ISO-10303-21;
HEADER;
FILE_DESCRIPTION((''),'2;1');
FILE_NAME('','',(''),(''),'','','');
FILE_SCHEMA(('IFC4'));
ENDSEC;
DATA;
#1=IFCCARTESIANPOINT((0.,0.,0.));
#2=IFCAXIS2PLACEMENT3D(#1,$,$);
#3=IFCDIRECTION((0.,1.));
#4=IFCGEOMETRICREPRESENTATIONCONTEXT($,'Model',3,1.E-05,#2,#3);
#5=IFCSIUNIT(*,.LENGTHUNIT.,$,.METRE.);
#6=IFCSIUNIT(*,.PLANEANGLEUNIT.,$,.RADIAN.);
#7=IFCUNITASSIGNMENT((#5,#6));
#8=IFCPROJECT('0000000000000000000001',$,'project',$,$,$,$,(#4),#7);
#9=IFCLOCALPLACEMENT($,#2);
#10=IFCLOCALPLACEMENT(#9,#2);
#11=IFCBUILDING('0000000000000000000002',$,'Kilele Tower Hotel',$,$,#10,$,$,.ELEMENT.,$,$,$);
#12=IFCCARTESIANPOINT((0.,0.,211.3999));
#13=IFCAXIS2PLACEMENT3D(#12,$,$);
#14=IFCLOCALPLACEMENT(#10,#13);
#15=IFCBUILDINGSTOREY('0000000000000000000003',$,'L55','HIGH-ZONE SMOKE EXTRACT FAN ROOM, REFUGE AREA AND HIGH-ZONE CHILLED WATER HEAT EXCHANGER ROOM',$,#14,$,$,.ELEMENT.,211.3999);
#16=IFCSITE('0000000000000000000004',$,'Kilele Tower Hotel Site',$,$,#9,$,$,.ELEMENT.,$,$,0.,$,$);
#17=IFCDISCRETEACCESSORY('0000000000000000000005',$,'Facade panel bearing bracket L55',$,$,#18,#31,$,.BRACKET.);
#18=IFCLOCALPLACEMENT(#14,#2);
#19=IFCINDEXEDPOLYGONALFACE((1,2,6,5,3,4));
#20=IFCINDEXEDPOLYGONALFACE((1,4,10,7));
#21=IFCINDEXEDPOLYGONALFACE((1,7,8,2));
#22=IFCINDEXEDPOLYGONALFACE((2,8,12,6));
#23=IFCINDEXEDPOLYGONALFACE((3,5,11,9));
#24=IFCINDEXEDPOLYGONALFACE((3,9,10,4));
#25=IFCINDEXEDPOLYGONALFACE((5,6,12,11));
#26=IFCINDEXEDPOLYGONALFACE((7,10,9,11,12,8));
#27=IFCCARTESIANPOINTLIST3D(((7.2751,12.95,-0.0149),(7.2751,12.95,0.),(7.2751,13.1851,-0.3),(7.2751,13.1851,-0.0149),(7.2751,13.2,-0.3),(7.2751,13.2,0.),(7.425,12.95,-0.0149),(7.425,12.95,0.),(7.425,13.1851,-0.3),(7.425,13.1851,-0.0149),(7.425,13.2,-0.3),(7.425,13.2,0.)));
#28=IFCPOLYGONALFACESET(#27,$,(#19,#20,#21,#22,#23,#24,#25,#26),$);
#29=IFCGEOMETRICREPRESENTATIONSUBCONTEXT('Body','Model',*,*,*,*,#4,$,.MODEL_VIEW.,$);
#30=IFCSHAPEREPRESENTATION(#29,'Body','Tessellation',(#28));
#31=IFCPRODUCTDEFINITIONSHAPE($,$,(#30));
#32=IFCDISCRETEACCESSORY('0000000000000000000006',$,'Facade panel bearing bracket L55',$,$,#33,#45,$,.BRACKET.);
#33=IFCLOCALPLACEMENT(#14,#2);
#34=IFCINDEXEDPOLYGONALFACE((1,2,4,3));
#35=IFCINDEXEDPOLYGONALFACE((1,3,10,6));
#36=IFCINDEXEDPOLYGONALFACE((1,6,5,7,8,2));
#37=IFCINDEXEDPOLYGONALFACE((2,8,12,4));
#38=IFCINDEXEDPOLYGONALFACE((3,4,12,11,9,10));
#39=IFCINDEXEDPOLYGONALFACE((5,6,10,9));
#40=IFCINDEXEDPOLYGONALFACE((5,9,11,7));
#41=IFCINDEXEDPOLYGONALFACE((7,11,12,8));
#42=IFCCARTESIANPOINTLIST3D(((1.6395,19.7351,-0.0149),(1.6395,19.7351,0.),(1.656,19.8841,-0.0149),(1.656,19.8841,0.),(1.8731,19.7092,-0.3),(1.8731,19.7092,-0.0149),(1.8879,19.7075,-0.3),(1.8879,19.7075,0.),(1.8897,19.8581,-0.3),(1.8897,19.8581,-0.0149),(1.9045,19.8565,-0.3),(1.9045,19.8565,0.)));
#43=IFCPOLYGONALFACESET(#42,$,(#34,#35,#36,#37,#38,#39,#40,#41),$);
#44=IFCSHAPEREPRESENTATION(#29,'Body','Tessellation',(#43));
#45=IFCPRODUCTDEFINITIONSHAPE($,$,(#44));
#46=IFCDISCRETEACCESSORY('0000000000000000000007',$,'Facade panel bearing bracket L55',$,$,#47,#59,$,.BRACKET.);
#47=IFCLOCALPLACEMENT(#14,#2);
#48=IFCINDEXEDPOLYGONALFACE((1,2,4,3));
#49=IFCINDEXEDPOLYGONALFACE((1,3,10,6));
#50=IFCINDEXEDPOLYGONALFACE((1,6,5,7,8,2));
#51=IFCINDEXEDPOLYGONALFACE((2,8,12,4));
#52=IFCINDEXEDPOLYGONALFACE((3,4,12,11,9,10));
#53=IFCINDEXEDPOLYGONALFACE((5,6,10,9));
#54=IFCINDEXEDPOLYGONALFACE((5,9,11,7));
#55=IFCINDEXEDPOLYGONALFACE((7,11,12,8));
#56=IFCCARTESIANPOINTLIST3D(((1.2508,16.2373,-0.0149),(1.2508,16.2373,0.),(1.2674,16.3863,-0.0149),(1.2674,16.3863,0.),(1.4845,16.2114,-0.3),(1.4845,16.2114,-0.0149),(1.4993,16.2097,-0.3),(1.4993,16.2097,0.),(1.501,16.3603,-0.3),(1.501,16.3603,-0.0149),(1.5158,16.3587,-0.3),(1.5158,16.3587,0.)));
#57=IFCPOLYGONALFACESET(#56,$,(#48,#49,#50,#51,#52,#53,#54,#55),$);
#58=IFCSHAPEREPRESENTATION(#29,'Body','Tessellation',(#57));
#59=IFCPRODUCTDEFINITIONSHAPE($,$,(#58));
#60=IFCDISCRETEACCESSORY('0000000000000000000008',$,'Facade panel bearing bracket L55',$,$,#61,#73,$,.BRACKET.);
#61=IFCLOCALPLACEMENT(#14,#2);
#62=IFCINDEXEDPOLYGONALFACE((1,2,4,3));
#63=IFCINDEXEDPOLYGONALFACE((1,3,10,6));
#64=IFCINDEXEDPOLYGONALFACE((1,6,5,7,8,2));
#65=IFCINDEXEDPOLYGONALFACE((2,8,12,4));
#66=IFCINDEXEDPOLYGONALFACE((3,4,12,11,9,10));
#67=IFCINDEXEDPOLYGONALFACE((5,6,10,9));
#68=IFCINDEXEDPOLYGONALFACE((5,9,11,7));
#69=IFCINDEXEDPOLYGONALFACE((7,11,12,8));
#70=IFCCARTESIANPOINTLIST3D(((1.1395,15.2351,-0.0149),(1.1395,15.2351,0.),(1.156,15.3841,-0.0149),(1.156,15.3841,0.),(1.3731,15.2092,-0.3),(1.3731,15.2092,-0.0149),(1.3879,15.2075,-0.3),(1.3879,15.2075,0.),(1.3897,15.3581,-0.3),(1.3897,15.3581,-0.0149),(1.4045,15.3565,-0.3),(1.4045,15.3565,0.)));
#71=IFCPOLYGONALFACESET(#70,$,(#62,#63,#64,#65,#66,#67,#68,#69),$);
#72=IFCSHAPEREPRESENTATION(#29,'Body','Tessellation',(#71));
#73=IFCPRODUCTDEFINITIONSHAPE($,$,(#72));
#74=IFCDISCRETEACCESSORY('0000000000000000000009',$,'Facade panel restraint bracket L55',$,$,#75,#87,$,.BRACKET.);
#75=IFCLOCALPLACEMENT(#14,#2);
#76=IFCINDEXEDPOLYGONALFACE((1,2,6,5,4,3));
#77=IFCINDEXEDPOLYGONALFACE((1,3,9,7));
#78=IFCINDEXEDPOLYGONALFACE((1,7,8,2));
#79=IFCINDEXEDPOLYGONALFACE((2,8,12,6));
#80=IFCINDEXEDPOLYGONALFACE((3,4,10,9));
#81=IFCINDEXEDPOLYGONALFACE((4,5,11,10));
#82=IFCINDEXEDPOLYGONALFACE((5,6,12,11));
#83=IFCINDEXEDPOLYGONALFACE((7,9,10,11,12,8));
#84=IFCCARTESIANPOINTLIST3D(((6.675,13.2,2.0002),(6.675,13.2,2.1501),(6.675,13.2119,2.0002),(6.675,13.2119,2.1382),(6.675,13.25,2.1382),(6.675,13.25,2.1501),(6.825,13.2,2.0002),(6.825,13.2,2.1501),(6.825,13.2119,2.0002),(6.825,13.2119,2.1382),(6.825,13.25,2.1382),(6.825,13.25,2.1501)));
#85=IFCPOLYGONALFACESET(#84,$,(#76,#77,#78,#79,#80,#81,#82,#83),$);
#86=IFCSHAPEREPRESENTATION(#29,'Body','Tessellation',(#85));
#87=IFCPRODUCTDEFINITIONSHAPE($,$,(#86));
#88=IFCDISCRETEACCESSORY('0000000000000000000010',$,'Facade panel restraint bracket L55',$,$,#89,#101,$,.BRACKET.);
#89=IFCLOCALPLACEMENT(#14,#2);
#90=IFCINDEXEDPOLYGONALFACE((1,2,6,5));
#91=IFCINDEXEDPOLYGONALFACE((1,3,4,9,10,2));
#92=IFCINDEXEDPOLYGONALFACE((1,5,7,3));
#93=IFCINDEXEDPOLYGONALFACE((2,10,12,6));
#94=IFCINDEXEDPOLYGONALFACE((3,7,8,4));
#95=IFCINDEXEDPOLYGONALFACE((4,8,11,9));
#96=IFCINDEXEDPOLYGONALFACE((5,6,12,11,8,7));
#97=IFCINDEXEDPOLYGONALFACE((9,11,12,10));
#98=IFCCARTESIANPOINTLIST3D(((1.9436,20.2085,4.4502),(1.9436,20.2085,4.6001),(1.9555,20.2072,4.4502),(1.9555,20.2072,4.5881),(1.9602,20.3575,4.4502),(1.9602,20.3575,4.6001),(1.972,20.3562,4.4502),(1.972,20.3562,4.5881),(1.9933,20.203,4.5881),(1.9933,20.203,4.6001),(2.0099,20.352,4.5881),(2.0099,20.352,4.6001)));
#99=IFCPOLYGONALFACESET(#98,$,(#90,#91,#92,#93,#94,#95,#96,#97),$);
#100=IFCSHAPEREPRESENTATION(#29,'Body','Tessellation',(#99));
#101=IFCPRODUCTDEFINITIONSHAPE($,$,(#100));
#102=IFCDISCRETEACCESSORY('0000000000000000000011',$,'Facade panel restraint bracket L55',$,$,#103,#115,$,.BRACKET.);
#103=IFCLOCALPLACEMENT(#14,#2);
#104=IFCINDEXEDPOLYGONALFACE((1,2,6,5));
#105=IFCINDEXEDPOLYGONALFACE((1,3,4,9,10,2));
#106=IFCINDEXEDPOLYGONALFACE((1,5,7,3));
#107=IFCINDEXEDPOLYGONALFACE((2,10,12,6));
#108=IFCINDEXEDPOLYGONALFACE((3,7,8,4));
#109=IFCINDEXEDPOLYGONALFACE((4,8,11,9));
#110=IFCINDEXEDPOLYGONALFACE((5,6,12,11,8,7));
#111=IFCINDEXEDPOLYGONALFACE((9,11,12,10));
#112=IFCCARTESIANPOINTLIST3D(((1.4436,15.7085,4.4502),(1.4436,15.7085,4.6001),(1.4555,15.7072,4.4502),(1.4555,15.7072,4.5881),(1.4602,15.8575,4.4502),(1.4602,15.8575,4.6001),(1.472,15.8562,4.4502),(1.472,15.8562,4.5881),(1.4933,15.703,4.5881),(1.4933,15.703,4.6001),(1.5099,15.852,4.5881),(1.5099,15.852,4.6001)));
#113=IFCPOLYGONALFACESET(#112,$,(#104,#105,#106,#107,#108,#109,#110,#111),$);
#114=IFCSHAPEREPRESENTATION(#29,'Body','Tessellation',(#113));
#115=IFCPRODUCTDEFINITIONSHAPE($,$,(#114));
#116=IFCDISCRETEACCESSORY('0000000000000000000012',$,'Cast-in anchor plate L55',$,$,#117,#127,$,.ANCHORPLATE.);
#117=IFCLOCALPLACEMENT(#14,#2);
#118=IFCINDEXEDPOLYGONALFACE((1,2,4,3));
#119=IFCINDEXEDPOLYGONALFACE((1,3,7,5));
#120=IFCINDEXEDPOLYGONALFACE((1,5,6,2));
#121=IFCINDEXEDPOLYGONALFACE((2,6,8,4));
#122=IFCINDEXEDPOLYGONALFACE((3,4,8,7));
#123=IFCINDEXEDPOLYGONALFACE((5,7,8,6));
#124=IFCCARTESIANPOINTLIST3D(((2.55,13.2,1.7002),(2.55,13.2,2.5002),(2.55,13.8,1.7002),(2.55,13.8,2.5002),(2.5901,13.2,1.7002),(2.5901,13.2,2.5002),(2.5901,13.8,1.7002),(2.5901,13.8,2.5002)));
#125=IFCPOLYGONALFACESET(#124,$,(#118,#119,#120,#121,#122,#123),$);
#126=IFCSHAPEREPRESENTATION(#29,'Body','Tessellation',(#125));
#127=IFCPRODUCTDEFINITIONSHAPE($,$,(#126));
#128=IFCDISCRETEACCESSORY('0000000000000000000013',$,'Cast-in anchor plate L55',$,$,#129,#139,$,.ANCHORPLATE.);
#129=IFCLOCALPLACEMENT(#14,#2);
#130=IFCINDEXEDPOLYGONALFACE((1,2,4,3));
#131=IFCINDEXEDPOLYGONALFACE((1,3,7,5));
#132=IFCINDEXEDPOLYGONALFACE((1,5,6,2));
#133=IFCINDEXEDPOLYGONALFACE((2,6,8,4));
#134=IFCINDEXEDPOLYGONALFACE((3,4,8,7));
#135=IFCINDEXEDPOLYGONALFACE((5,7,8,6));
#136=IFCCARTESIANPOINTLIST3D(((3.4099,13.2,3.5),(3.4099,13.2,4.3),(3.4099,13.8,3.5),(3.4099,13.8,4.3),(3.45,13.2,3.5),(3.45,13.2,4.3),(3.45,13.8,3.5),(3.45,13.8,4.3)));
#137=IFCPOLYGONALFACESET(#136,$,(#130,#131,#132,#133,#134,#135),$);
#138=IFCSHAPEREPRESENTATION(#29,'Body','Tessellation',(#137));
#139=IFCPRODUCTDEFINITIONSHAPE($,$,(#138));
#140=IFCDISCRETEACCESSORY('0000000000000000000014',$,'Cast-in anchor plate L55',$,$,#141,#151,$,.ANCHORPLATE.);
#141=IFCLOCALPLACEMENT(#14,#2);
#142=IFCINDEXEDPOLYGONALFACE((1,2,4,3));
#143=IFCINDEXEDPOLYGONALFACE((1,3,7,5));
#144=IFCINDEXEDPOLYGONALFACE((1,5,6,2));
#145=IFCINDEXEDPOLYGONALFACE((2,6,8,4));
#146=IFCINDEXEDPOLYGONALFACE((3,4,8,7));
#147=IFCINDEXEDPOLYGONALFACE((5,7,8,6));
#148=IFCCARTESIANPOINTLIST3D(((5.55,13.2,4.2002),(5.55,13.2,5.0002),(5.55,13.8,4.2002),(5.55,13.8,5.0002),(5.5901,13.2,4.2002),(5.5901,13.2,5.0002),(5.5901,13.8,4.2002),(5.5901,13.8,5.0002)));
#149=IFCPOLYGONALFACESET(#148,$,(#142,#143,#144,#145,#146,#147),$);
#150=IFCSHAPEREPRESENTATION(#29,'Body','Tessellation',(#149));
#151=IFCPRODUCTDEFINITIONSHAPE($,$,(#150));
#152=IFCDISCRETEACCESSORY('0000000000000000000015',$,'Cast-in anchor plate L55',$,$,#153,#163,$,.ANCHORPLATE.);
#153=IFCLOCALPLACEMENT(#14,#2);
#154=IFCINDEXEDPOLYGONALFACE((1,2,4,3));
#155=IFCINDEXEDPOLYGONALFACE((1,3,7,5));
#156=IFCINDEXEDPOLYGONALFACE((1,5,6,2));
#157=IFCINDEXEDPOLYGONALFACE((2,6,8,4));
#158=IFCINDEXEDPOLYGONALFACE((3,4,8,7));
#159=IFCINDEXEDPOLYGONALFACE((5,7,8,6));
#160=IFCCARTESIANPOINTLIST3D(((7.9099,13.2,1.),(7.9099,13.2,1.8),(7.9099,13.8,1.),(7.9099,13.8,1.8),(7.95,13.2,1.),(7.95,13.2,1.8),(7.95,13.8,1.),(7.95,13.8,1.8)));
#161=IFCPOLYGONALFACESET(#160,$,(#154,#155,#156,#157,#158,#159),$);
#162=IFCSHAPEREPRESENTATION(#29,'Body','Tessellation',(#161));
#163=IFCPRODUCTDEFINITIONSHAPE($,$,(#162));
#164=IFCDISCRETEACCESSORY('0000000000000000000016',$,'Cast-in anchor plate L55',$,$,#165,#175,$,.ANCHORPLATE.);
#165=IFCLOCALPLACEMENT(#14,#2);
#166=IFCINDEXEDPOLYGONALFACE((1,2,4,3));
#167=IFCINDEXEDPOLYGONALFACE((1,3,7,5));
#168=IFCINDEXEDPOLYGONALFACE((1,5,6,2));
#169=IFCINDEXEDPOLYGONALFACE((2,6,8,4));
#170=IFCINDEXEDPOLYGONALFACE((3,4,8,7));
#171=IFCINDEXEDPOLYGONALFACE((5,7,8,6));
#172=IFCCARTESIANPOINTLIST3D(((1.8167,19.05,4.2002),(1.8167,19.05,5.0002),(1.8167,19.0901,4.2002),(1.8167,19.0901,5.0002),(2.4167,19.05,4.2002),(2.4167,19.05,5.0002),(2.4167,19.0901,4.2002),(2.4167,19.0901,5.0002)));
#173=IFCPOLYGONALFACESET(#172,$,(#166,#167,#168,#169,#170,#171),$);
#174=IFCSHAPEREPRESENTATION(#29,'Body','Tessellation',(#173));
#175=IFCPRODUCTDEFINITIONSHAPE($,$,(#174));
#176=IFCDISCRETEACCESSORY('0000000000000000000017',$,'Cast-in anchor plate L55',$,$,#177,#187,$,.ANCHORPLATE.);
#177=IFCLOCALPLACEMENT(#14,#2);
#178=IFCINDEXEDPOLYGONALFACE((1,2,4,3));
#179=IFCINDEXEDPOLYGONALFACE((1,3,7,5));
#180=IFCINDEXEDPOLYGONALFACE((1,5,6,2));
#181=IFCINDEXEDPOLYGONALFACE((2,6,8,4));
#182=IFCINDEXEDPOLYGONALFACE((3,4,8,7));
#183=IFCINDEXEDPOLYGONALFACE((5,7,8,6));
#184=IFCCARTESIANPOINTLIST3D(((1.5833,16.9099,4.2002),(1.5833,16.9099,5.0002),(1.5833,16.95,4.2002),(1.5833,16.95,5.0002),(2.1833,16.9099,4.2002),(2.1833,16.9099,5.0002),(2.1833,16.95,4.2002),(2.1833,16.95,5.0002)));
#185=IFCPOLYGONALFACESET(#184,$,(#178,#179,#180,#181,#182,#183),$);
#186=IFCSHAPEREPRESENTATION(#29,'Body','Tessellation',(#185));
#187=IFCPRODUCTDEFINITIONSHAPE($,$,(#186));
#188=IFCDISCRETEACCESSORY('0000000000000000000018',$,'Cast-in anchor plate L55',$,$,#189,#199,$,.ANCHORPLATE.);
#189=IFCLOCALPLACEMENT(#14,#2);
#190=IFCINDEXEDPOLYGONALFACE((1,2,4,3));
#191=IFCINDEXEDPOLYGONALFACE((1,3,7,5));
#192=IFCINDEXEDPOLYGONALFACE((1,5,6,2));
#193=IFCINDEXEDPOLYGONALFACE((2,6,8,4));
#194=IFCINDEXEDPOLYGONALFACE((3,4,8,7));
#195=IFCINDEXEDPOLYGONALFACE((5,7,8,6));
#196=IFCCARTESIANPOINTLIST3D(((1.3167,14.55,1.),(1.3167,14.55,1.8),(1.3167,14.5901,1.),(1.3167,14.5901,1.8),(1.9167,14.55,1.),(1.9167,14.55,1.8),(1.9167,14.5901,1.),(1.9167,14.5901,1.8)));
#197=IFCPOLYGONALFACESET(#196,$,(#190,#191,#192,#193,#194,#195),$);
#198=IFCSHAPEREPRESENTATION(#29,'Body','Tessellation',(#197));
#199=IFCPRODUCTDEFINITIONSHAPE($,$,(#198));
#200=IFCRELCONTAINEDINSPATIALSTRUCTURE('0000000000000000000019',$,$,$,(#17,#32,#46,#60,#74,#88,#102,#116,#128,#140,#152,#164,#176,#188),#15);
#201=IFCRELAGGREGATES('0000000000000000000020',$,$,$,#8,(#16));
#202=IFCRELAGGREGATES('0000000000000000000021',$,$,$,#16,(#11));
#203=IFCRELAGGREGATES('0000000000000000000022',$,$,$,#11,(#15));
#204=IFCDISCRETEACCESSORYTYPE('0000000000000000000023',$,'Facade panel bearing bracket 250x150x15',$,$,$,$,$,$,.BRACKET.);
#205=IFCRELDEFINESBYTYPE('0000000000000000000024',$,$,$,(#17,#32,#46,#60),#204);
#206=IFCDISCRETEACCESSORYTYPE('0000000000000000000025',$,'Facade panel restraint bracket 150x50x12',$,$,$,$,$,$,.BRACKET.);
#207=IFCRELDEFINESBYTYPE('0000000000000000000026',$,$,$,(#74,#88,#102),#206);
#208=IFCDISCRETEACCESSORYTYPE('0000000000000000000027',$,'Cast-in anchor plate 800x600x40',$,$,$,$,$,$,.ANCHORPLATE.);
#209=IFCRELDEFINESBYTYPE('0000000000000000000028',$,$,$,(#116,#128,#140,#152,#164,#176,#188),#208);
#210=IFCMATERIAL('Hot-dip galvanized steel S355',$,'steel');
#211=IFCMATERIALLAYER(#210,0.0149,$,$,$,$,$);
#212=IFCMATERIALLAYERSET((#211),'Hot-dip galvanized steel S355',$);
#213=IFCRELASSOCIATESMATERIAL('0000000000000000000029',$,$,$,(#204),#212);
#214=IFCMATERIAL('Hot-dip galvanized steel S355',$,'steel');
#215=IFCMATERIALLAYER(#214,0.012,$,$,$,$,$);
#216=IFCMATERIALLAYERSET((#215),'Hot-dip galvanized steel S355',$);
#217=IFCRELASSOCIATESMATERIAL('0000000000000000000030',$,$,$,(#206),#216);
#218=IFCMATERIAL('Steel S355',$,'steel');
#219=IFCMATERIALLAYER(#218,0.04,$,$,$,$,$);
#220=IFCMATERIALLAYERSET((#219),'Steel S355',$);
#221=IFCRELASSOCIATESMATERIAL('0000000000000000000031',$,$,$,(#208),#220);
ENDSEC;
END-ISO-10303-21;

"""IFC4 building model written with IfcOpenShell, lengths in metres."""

from ifc_helpers import new_model, si_unit, direction, frame, origin, place, context, subcontext, project, spatial, polyline, outline, extrude, source, transform, mapped, material, layer, layer_set, type_object, element, save


model = new_model("IFC4")

# Units and contexts
model_context = context("Model", 3, precision=1e-05, world=origin(), true_north=direction((0.0, 1.0)))
body_context = subcontext(model_context, "Body", "Model", "MODEL_VIEW")
ifc_project = project(units=[si_unit("LENGTHUNIT", "METRE"), si_unit("PLANEANGLEUNIT", "RADIAN")], contexts=[model_context])

# Site, building, storey
site_placement = place(None, origin())
site = spatial("IfcSite", under=ifc_project, at=site_placement, Name="Kilele Tower Hotel Site", CompositionType="ELEMENT", RefElevation=0.0)
building_placement = place(site_placement, origin())
building = spatial("IfcBuilding", under=site, at=building_placement, Name="Kilele Tower Hotel", CompositionType="ELEMENT")
storey_placement = place(building_placement, frame((0.0, 0.0, 211.3999)))
storey = spatial("IfcBuildingStorey", under=building, at=storey_placement, Name="L55", Description="HIGH-ZONE SMOKE EXTRACT FAN ROOM, REFUGE AREA AND HIGH-ZONE CHILLED WATER HEAT EXCHANGER ROOM", CompositionType="ELEMENT", Elevation=211.3999)

# Discrete accessories
ifc_material_1 = material(Name="Hot-dip galvanized steel S355", Category="steel")
ifc_layer_1 = layer(ifc_material_1, 0.0149)
ifc_layer_set_1 = layer_set([ifc_layer_1], Name="Hot-dip galvanized steel S355")
discrete_accessory_type_1 = type_object("IfcDiscreteAccessoryType", Name="Facade panel bearing bracket 250x150x15", PredefinedType="BRACKET", material=ifc_layer_set_1)
shared_shape_1 = source(origin(), body_context, "Body", "SweptSolid", [
    extrude(outline(polyline([(0.0, 0.0), (0.25, 0.0), (0.25, -0.0149), (0.0149, -0.0149), (0.0149, -0.3), (0.0, -0.3), (0.0, 0.0)])), origin(), (0.0, 0.0, 1.0), 0.1499),
])
for number, where, z_axis, x_axis, name in (
    (1, (7.425, 13.2, 0.0), (-1.0, 0.0, 0.0), (0.0, -1.0, 0.0), "Facade panel bearing bracket L55"),
    (2, (1.8879, 19.7075, 0.0), (0.110432, 0.993884, 0.0), (-0.993884, 0.110432, 0.0), "Facade panel bearing bracket L55"),
    (3, (1.4993, 16.2097, 0.0), (0.110432, 0.993884, 0.0), (-0.993884, 0.110432, 0.0), "Facade panel bearing bracket L55"),
    (4, (1.3879, 15.2075, 0.0), (0.110432, 0.993884, 0.0), (-0.993884, 0.110432, 0.0), "Facade panel bearing bracket L55"),
):
    element("IfcDiscreteAccessory", number, at=place(storey_placement, frame(where, z_axis=z_axis, x_axis=x_axis)), inside=storey, type_object=discrete_accessory_type_1, Name=name, PredefinedType="BRACKET", context=body_context, shape_type="MappedRepresentation", body=[
        mapped(shared_shape_1, transform((0.0, 0.0, 0.0))),
    ])
ifc_material_2 = material(Name="Hot-dip galvanized steel S355", Category="steel")
ifc_layer_2 = layer(ifc_material_2, 0.012)
ifc_layer_set_2 = layer_set([ifc_layer_2], Name="Hot-dip galvanized steel S355")
discrete_accessory_type_2 = type_object("IfcDiscreteAccessoryType", Name="Facade panel restraint bracket 150x50x12", PredefinedType="BRACKET", material=ifc_layer_set_2)
shared_shape_2 = source(origin(), body_context, "Body", "SweptSolid", [
    extrude(outline(polyline([(0.0, 0.0), (0.0, -0.1499), (-0.012, -0.1499), (-0.012, -0.012), (-0.05, -0.012), (-0.05, 0.0), (0.0, 0.0)])), origin(), (0.0, 0.0, 1.0), 0.1499),
])
for number, where, z_axis, x_axis, name in (
    (5, (6.825, 13.2, 2.1501), (-1.0, 0.0, 0.0), (0.0, -1.0, 0.0), "Facade panel restraint bracket L55"),
    (6, (1.9436, 20.2085, 4.6001), (0.110432, 0.993884, 0.0), (-0.993884, 0.110432, 0.0), "Facade panel restraint bracket L55"),
    (7, (1.4436, 15.7085, 4.6001), (0.110432, 0.993884, 0.0), (-0.993884, 0.110432, 0.0), "Facade panel restraint bracket L55"),
):
    element("IfcDiscreteAccessory", number, at=place(storey_placement, frame(where, z_axis=z_axis, x_axis=x_axis)), inside=storey, type_object=discrete_accessory_type_2, Name=name, PredefinedType="BRACKET", context=body_context, shape_type="MappedRepresentation", body=[
        mapped(shared_shape_2, transform((0.0, 0.0, 0.0))),
    ])
ifc_material_3 = material(Name="Steel S355", Category="steel")
ifc_layer_3 = layer(ifc_material_3, 0.04)
ifc_layer_set_3 = layer_set([ifc_layer_3], Name="Steel S355")
discrete_accessory_type_3 = type_object("IfcDiscreteAccessoryType", Name="Cast-in anchor plate 800x600x40", PredefinedType="ANCHORPLATE", material=ifc_layer_set_3)
shared_shape_3 = source(origin(), body_context, "Body", "SweptSolid", [
    extrude(outline(polyline([(0.0, 0.0), (0.04, 0.0), (0.04, 0.8), (0.0, 0.8), (0.0, 0.0)])), origin(), (0.0, 0.0, 1.0), 0.6001),
])
for number, where, z_axis, x_axis, name in (
    (8, (2.55, 13.8, 1.7002), (0.0, -1.0, 0.0), (1.0, 0.0, 0.0), "Cast-in anchor plate L55"),
    (9, (3.45, 13.2, 3.5), (0.0, 1.0, 0.0), (-1.0, 0.0, 0.0), "Cast-in anchor plate L55"),
    (10, (5.55, 13.8, 4.2002), (0.0, -1.0, 0.0), (1.0, 0.0, 0.0), "Cast-in anchor plate L55"),
    (11, (7.95, 13.2, 1.0), (0.0, 1.0, 0.0), (-1.0, 0.0, 0.0), "Cast-in anchor plate L55"),
    (12, (1.8167, 19.05, 4.2002), (1.0, 0.0, 0.0), (0.0, 1.0, 0.0), "Cast-in anchor plate L55"),
    (13, (2.1833, 16.95, 4.2002), (-1.0, 0.0, 0.0), (0.0, -1.0, 0.0), "Cast-in anchor plate L55"),
    (14, (1.3167, 14.55, 1.0), (1.0, 0.0, 0.0), (0.0, 1.0, 0.0), "Cast-in anchor plate L55"),
):
    element("IfcDiscreteAccessory", number, at=place(storey_placement, frame(where, z_axis=z_axis, x_axis=x_axis)), inside=storey, type_object=discrete_accessory_type_3, Name=name, PredefinedType="ANCHORPLATE", context=body_context, shape_type="MappedRepresentation", body=[
        mapped(shared_shape_3, transform((0.0, 0.0, 0.0))),
    ])

save(model, "model.ifc")
